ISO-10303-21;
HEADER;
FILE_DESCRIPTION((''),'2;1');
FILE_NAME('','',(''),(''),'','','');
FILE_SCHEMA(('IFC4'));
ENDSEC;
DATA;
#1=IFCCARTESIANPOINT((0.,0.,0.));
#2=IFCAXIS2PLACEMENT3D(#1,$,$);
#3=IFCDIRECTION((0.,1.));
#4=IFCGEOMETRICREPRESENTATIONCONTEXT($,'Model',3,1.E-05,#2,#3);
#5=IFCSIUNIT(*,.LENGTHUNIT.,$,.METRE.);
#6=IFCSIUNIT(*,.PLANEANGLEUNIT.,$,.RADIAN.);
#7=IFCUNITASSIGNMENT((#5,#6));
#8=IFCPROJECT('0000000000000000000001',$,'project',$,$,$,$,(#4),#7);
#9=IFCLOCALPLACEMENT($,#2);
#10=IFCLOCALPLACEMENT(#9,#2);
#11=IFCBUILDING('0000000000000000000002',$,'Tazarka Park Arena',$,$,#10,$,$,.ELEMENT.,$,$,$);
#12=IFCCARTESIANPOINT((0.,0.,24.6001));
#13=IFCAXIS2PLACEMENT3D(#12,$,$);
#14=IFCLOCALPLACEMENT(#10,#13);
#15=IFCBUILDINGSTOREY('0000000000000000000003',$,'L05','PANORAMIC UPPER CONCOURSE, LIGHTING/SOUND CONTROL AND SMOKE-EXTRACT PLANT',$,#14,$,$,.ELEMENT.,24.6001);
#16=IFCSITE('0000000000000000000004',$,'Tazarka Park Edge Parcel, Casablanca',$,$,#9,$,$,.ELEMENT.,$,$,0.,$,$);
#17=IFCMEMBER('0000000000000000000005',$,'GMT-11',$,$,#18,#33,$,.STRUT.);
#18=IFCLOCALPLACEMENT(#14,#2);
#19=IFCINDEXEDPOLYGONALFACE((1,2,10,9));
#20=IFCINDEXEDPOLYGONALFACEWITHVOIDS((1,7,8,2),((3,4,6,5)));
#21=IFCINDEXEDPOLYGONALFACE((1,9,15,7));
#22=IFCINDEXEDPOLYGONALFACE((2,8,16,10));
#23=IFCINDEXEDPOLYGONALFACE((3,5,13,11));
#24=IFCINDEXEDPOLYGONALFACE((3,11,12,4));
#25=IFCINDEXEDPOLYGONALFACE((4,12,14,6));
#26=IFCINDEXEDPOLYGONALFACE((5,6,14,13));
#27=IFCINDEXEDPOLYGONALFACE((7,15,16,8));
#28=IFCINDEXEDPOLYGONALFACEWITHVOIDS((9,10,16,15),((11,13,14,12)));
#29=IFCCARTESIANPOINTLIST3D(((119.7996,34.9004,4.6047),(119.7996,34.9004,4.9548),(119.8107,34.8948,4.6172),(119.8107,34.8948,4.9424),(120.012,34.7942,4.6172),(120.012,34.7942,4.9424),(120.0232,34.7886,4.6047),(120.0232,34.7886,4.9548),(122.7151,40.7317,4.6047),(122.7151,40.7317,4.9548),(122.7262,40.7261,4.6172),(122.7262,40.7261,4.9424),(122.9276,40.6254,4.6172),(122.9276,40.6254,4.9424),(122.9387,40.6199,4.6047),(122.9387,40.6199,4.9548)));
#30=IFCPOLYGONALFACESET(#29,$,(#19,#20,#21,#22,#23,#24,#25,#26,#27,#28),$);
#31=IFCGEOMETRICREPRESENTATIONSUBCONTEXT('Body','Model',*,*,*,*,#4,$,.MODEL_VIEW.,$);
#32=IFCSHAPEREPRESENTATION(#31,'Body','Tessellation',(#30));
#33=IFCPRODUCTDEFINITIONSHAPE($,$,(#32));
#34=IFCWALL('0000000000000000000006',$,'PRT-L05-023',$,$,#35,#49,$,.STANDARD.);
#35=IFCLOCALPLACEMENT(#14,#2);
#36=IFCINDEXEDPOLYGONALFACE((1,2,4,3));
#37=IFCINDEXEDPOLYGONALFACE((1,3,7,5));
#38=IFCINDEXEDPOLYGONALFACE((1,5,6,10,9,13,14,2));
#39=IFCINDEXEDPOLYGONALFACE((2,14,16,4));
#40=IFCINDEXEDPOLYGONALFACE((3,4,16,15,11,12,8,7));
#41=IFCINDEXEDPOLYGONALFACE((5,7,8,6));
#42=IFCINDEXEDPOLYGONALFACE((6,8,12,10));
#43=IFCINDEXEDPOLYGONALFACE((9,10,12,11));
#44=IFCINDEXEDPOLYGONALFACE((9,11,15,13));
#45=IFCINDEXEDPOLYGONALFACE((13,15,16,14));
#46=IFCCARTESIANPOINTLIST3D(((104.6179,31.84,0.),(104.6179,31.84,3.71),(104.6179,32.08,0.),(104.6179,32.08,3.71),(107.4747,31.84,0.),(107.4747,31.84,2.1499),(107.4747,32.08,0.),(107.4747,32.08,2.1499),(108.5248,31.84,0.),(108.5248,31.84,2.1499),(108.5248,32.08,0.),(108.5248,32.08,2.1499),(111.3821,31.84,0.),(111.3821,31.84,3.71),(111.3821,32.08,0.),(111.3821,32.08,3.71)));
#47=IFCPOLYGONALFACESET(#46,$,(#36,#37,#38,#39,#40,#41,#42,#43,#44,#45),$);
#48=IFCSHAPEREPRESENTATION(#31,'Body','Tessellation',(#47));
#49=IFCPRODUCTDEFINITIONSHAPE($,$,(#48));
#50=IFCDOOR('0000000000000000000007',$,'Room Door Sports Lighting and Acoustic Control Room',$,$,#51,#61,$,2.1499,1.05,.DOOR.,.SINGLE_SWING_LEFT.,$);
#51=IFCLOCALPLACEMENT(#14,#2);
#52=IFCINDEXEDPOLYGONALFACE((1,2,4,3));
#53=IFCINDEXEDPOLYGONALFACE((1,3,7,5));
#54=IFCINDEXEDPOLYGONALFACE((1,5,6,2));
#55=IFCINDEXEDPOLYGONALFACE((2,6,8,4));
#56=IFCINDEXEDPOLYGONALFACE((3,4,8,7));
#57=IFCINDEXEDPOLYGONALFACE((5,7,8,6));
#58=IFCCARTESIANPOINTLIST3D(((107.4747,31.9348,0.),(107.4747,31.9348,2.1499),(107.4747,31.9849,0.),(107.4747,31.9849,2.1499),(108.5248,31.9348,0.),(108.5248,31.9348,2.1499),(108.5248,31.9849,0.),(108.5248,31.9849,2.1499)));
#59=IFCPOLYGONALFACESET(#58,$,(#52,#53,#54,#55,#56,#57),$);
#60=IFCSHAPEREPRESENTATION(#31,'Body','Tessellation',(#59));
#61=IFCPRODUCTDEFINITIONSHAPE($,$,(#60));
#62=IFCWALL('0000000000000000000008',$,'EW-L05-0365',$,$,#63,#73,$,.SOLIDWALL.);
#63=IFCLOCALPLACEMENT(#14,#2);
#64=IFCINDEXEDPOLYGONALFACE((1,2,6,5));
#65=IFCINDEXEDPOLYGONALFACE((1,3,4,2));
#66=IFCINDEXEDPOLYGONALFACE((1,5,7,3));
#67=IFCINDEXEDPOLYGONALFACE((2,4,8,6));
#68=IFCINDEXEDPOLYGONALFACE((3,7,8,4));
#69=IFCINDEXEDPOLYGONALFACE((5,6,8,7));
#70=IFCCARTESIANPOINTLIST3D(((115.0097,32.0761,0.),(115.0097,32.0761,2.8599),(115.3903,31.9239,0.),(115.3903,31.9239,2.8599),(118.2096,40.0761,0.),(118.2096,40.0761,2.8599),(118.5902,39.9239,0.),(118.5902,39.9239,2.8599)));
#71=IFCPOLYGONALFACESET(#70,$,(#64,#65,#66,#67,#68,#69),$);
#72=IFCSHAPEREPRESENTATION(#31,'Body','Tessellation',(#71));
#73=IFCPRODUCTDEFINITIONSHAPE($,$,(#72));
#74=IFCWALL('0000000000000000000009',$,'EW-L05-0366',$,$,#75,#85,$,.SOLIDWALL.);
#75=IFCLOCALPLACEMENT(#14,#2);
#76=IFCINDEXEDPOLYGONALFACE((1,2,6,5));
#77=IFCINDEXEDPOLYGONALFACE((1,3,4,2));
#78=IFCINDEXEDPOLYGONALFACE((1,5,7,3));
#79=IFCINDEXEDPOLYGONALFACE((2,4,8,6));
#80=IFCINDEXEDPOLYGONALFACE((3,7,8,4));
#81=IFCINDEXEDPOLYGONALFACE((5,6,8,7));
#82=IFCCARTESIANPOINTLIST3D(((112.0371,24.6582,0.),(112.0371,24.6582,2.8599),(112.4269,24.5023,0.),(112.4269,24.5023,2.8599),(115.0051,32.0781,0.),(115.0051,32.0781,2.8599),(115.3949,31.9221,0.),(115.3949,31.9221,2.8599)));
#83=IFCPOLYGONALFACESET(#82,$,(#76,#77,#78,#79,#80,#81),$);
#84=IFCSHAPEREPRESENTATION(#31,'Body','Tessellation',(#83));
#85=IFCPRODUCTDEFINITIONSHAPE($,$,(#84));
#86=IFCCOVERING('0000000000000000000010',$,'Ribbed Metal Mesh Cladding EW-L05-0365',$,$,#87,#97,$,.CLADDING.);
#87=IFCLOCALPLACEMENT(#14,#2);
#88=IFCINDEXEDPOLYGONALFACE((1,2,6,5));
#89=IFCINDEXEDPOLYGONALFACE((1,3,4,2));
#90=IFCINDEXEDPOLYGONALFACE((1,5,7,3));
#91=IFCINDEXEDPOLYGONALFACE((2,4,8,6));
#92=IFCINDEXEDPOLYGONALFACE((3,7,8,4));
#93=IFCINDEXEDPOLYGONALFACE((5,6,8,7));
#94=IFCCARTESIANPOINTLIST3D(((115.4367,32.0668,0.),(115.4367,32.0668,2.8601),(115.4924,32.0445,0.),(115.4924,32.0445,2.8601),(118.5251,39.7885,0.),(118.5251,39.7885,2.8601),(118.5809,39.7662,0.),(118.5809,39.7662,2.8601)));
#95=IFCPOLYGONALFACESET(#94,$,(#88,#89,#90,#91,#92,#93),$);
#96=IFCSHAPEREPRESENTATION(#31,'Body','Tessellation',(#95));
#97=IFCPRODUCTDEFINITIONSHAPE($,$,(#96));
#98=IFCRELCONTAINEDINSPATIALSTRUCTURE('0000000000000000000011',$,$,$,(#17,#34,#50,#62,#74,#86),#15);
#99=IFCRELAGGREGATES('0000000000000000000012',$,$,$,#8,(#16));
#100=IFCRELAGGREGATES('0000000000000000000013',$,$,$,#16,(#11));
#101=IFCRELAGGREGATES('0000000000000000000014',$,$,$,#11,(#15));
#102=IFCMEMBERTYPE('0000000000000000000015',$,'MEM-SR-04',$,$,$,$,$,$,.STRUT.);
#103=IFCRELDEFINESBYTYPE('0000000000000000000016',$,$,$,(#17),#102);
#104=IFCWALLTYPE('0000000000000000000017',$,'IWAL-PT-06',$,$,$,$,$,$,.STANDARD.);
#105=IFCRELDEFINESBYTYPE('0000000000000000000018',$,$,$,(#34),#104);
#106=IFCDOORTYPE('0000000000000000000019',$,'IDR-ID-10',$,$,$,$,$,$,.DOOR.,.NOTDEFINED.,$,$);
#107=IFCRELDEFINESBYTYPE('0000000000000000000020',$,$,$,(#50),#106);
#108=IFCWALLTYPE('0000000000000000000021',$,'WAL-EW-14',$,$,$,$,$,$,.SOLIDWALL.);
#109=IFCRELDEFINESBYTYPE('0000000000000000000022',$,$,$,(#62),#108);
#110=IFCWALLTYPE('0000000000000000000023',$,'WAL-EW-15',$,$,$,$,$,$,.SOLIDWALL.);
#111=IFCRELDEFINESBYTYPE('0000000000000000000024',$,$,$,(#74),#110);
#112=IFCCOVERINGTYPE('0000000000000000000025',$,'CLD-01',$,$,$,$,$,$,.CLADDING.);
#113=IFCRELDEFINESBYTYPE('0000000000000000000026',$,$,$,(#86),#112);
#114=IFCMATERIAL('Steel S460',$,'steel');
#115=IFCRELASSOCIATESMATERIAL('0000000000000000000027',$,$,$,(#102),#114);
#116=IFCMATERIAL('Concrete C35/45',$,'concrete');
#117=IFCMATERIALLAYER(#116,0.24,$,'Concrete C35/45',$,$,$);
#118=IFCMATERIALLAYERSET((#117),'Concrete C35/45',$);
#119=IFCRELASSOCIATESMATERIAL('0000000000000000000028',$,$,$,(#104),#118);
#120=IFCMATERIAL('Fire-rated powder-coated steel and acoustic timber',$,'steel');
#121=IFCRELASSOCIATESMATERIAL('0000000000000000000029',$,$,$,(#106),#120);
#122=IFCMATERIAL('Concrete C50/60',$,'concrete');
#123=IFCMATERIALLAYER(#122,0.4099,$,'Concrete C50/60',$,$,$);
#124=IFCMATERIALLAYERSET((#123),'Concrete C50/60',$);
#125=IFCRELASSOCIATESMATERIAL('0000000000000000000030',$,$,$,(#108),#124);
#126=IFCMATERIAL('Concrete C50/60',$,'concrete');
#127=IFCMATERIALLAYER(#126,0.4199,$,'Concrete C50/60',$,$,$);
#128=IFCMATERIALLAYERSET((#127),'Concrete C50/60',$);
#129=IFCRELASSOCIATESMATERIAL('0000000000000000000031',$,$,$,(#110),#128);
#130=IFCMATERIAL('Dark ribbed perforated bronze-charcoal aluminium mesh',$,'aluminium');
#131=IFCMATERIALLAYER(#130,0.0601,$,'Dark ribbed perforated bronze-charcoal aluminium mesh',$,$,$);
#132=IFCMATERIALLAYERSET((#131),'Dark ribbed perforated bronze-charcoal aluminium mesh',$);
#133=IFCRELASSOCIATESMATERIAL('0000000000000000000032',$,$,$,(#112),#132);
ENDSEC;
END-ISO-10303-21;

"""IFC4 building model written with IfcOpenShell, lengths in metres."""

from ifc_helpers import new_model, si_unit, direction, frame, frame_2d, origin, origin_2d, place, context, subcontext, project, spatial, rectangle, hollow_rectangle, extrude, material, layer, layer_set, material_profile, profile_set, type_object, element, fill, save


model = new_model("IFC4")

# Units and contexts
model_context = context("Model", 3, precision=1e-05, world=origin(), true_north=direction((0.0, 1.0)))
body_context = subcontext(model_context, "Body", "Model", "MODEL_VIEW")
ifc_project = project(units=[si_unit("LENGTHUNIT", "METRE"), si_unit("PLANEANGLEUNIT", "RADIAN")], contexts=[model_context])

# Site, building, storey
site_placement = place(None, origin())
site = spatial("IfcSite", under=ifc_project, at=site_placement, Name="Tazarka Park Edge Parcel, Casablanca", CompositionType="ELEMENT", RefElevation=0.0)
building_placement = place(site_placement, origin())
building = spatial("IfcBuilding", under=site, at=building_placement, Name="Tazarka Park Arena", CompositionType="ELEMENT")
storey_placement = place(building_placement, frame((0.0, 0.0, 24.6001)))
storey = spatial("IfcBuildingStorey", under=building, at=storey_placement, Name="L05", Description="PANORAMIC UPPER CONCOURSE, LIGHTING/SOUND CONTROL AND SMOKE-EXTRACT PLANT", CompositionType="ELEMENT", Elevation=24.6001)

# Member
ifc_material_1 = material(Name="Steel S460", Category="steel")
ifc_material_profile_1 = material_profile(ifc_material_1, hollow_rectangle(XDim=0.25, YDim=0.3501, WallThickness=0.0125, at=origin_2d()), Name="Steel S460")
ifc_profile_set_1 = profile_set([ifc_material_profile_1], Name="Steel S460")
member_type = type_object("IfcMemberType", Name="MEM-SR-04", PredefinedType="STRUT", material=ifc_profile_set_1)
member_placement = place(storey_placement, frame((119.9114, 34.8445, 4.7798), z_axis=(0.447199, 0.894435, 0.0), x_axis=(-0.894435, 0.447199, 0.0)))
element("IfcMember", 1, at=member_placement, inside=storey, type_object=member_type, Name="GMT-11", PredefinedType="STRUT", context=body_context, shape_type="SweptSolid", body=[
    extrude(hollow_rectangle(XDim=0.25, YDim=0.3501, WallThickness=0.0125, at=origin_2d()), origin(), (0.0, 0.0, 1.0), 6.5195),
])

# Wall, opening, door
ifc_material_2 = material(Name="Concrete C35/45", Category="concrete")
ifc_layer_1 = layer(ifc_material_2, 0.24, Name="Concrete C35/45")
ifc_layer_set_1 = layer_set([ifc_layer_1], Name="Concrete C35/45")
wall_type_1 = type_object("IfcWallType", Name="IWAL-PT-06", PredefinedType="STANDARD", material=ifc_layer_set_1)
wall_1_placement = place(storey_placement, frame((104.6179, 31.96, 0.0), z_axis=(0.0, 0.0, 1.0), x_axis=(1.0, 0.0, 0.0)))
wall_1 = element("IfcWall", 2, at=wall_1_placement, inside=storey, type_object=wall_type_1, Name="PRT-L05-023", PredefinedType="STANDARD", context=body_context, shape_type="SweptSolid", body=[
    extrude(rectangle(XDim=6.7642, YDim=0.24, at=frame_2d((3.3821, 0.0))), origin(), (0.0, 0.0, 1.0), 3.71),
])
opening_placement = place(wall_1_placement, frame((2.8569, 0.0, 0.0)))
opening = element("IfcOpeningElement", 3, at=opening_placement, cuts=wall_1, PredefinedType="OPENING", context=body_context, shape_type="SweptSolid", body=[
    extrude(rectangle(XDim=1.05, YDim=2.1499, at=frame_2d((0.5249, 1.075))), frame((0.0, 0.1299, 0.0), z_axis=(0.0, -1.0, 0.0), x_axis=(1.0, 0.0, 0.0)), (0.0, 0.0, 1.0), 0.26),
])
ifc_material_3 = material(Name="Fire-rated powder-coated steel and acoustic timber", Category="steel")
door_type = type_object("IfcDoorType", Name="IDR-ID-10", OperationType="NOTDEFINED", PredefinedType="DOOR", material=ifc_material_3)
door_placement = place(opening_placement, origin())
door = element("IfcDoor", 4, at=door_placement, inside=storey, type_object=door_type, Name="Room Door Sports Lighting and Acoustic Control Room", OperationType="SINGLE_SWING_LEFT", OverallHeight=2.1499, OverallWidth=1.05, PredefinedType="DOOR", context=body_context, shape_type="SweptSolid", body=[
    extrude(rectangle(XDim=1.05, YDim=2.1499, at=frame_2d((0.5249, 1.075))), frame((0.0, 0.0249, 0.0), z_axis=(0.0, -1.0, 0.0), x_axis=(1.0, 0.0, 0.0)), (0.0, 0.0, 1.0), 0.05),
])
fill(opening, door)

# Walls
ifc_material_4 = material(Name="Concrete C50/60", Category="concrete")
ifc_layer_2 = layer(ifc_material_4, 0.4099, Name="Concrete C50/60")
ifc_layer_set_2 = layer_set([ifc_layer_2], Name="Concrete C50/60")
wall_type_2 = type_object("IfcWallType", Name="WAL-EW-14", PredefinedType="SOLIDWALL", material=ifc_layer_set_2)
wall_2_placement = place(storey_placement, frame((118.3999, 40.0, 0.0), z_axis=(0.0, 0.0, 1.0), x_axis=(-0.371386, -0.928479, 0.0)))
element("IfcWall", 5, at=wall_2_placement, inside=storey, type_object=wall_type_2, Name="EW-L05-0365", PredefinedType="SOLIDWALL", context=body_context, shape_type="SweptSolid", body=[
    extrude(rectangle(XDim=8.6162, YDim=0.4099, at=frame_2d((4.3081, 0.0))), origin(), (0.0, 0.0, 1.0), 2.8599),
])
ifc_material_5 = material(Name="Concrete C50/60", Category="concrete")
ifc_layer_3 = layer(ifc_material_5, 0.4199, Name="Concrete C50/60")
ifc_layer_set_3 = layer_set([ifc_layer_3], Name="Concrete C50/60")
wall_type_3 = type_object("IfcWallType", Name="WAL-EW-15", PredefinedType="SOLIDWALL", material=ifc_layer_set_3)
wall_3_placement = place(storey_placement, frame((115.2, 32.0, 0.0), z_axis=(0.0, 0.0, 1.0), x_axis=(-0.371396, -0.928475, 0.0)))
element("IfcWall", 6, at=wall_3_placement, inside=storey, type_object=wall_type_3, Name="EW-L05-0366", PredefinedType="SOLIDWALL", context=body_context, shape_type="SweptSolid", body=[
    extrude(rectangle(XDim=7.9915, YDim=0.4199, at=frame_2d((3.9956, 0.0))), origin(), (0.0, 0.0, 1.0), 2.8599),
])

# Covering
ifc_material_6 = material(Name="Dark ribbed perforated bronze-charcoal aluminium mesh", Category="aluminium")
ifc_layer_4 = layer(ifc_material_6, 0.0601, Name="Dark ribbed perforated bronze-charcoal aluminium mesh")
ifc_layer_set_4 = layer_set([ifc_layer_4], Name="Dark ribbed perforated bronze-charcoal aluminium mesh")
covering_type = type_object("IfcCoveringType", Name="CLD-01", PredefinedType="CLADDING", material=ifc_layer_set_4)
covering_placement = place(storey_placement, frame((117.0088, 35.9165, 0.0), z_axis=(0.0, 0.0, 1.0), x_axis=(-0.371368, -0.928486, 0.0)))
element("IfcCovering", 7, at=covering_placement, inside=storey, type_object=covering_type, Name="Ribbed Metal Mesh Cladding EW-L05-0365", PredefinedType="CLADDING", context=body_context, shape_type="SweptSolid", body=[
    extrude(rectangle(XDim=8.3164, YDim=0.0601, at=origin_2d()), origin(), (0.0, 0.0, 1.0), 2.8601),
])

save(model, "model.ifc")
